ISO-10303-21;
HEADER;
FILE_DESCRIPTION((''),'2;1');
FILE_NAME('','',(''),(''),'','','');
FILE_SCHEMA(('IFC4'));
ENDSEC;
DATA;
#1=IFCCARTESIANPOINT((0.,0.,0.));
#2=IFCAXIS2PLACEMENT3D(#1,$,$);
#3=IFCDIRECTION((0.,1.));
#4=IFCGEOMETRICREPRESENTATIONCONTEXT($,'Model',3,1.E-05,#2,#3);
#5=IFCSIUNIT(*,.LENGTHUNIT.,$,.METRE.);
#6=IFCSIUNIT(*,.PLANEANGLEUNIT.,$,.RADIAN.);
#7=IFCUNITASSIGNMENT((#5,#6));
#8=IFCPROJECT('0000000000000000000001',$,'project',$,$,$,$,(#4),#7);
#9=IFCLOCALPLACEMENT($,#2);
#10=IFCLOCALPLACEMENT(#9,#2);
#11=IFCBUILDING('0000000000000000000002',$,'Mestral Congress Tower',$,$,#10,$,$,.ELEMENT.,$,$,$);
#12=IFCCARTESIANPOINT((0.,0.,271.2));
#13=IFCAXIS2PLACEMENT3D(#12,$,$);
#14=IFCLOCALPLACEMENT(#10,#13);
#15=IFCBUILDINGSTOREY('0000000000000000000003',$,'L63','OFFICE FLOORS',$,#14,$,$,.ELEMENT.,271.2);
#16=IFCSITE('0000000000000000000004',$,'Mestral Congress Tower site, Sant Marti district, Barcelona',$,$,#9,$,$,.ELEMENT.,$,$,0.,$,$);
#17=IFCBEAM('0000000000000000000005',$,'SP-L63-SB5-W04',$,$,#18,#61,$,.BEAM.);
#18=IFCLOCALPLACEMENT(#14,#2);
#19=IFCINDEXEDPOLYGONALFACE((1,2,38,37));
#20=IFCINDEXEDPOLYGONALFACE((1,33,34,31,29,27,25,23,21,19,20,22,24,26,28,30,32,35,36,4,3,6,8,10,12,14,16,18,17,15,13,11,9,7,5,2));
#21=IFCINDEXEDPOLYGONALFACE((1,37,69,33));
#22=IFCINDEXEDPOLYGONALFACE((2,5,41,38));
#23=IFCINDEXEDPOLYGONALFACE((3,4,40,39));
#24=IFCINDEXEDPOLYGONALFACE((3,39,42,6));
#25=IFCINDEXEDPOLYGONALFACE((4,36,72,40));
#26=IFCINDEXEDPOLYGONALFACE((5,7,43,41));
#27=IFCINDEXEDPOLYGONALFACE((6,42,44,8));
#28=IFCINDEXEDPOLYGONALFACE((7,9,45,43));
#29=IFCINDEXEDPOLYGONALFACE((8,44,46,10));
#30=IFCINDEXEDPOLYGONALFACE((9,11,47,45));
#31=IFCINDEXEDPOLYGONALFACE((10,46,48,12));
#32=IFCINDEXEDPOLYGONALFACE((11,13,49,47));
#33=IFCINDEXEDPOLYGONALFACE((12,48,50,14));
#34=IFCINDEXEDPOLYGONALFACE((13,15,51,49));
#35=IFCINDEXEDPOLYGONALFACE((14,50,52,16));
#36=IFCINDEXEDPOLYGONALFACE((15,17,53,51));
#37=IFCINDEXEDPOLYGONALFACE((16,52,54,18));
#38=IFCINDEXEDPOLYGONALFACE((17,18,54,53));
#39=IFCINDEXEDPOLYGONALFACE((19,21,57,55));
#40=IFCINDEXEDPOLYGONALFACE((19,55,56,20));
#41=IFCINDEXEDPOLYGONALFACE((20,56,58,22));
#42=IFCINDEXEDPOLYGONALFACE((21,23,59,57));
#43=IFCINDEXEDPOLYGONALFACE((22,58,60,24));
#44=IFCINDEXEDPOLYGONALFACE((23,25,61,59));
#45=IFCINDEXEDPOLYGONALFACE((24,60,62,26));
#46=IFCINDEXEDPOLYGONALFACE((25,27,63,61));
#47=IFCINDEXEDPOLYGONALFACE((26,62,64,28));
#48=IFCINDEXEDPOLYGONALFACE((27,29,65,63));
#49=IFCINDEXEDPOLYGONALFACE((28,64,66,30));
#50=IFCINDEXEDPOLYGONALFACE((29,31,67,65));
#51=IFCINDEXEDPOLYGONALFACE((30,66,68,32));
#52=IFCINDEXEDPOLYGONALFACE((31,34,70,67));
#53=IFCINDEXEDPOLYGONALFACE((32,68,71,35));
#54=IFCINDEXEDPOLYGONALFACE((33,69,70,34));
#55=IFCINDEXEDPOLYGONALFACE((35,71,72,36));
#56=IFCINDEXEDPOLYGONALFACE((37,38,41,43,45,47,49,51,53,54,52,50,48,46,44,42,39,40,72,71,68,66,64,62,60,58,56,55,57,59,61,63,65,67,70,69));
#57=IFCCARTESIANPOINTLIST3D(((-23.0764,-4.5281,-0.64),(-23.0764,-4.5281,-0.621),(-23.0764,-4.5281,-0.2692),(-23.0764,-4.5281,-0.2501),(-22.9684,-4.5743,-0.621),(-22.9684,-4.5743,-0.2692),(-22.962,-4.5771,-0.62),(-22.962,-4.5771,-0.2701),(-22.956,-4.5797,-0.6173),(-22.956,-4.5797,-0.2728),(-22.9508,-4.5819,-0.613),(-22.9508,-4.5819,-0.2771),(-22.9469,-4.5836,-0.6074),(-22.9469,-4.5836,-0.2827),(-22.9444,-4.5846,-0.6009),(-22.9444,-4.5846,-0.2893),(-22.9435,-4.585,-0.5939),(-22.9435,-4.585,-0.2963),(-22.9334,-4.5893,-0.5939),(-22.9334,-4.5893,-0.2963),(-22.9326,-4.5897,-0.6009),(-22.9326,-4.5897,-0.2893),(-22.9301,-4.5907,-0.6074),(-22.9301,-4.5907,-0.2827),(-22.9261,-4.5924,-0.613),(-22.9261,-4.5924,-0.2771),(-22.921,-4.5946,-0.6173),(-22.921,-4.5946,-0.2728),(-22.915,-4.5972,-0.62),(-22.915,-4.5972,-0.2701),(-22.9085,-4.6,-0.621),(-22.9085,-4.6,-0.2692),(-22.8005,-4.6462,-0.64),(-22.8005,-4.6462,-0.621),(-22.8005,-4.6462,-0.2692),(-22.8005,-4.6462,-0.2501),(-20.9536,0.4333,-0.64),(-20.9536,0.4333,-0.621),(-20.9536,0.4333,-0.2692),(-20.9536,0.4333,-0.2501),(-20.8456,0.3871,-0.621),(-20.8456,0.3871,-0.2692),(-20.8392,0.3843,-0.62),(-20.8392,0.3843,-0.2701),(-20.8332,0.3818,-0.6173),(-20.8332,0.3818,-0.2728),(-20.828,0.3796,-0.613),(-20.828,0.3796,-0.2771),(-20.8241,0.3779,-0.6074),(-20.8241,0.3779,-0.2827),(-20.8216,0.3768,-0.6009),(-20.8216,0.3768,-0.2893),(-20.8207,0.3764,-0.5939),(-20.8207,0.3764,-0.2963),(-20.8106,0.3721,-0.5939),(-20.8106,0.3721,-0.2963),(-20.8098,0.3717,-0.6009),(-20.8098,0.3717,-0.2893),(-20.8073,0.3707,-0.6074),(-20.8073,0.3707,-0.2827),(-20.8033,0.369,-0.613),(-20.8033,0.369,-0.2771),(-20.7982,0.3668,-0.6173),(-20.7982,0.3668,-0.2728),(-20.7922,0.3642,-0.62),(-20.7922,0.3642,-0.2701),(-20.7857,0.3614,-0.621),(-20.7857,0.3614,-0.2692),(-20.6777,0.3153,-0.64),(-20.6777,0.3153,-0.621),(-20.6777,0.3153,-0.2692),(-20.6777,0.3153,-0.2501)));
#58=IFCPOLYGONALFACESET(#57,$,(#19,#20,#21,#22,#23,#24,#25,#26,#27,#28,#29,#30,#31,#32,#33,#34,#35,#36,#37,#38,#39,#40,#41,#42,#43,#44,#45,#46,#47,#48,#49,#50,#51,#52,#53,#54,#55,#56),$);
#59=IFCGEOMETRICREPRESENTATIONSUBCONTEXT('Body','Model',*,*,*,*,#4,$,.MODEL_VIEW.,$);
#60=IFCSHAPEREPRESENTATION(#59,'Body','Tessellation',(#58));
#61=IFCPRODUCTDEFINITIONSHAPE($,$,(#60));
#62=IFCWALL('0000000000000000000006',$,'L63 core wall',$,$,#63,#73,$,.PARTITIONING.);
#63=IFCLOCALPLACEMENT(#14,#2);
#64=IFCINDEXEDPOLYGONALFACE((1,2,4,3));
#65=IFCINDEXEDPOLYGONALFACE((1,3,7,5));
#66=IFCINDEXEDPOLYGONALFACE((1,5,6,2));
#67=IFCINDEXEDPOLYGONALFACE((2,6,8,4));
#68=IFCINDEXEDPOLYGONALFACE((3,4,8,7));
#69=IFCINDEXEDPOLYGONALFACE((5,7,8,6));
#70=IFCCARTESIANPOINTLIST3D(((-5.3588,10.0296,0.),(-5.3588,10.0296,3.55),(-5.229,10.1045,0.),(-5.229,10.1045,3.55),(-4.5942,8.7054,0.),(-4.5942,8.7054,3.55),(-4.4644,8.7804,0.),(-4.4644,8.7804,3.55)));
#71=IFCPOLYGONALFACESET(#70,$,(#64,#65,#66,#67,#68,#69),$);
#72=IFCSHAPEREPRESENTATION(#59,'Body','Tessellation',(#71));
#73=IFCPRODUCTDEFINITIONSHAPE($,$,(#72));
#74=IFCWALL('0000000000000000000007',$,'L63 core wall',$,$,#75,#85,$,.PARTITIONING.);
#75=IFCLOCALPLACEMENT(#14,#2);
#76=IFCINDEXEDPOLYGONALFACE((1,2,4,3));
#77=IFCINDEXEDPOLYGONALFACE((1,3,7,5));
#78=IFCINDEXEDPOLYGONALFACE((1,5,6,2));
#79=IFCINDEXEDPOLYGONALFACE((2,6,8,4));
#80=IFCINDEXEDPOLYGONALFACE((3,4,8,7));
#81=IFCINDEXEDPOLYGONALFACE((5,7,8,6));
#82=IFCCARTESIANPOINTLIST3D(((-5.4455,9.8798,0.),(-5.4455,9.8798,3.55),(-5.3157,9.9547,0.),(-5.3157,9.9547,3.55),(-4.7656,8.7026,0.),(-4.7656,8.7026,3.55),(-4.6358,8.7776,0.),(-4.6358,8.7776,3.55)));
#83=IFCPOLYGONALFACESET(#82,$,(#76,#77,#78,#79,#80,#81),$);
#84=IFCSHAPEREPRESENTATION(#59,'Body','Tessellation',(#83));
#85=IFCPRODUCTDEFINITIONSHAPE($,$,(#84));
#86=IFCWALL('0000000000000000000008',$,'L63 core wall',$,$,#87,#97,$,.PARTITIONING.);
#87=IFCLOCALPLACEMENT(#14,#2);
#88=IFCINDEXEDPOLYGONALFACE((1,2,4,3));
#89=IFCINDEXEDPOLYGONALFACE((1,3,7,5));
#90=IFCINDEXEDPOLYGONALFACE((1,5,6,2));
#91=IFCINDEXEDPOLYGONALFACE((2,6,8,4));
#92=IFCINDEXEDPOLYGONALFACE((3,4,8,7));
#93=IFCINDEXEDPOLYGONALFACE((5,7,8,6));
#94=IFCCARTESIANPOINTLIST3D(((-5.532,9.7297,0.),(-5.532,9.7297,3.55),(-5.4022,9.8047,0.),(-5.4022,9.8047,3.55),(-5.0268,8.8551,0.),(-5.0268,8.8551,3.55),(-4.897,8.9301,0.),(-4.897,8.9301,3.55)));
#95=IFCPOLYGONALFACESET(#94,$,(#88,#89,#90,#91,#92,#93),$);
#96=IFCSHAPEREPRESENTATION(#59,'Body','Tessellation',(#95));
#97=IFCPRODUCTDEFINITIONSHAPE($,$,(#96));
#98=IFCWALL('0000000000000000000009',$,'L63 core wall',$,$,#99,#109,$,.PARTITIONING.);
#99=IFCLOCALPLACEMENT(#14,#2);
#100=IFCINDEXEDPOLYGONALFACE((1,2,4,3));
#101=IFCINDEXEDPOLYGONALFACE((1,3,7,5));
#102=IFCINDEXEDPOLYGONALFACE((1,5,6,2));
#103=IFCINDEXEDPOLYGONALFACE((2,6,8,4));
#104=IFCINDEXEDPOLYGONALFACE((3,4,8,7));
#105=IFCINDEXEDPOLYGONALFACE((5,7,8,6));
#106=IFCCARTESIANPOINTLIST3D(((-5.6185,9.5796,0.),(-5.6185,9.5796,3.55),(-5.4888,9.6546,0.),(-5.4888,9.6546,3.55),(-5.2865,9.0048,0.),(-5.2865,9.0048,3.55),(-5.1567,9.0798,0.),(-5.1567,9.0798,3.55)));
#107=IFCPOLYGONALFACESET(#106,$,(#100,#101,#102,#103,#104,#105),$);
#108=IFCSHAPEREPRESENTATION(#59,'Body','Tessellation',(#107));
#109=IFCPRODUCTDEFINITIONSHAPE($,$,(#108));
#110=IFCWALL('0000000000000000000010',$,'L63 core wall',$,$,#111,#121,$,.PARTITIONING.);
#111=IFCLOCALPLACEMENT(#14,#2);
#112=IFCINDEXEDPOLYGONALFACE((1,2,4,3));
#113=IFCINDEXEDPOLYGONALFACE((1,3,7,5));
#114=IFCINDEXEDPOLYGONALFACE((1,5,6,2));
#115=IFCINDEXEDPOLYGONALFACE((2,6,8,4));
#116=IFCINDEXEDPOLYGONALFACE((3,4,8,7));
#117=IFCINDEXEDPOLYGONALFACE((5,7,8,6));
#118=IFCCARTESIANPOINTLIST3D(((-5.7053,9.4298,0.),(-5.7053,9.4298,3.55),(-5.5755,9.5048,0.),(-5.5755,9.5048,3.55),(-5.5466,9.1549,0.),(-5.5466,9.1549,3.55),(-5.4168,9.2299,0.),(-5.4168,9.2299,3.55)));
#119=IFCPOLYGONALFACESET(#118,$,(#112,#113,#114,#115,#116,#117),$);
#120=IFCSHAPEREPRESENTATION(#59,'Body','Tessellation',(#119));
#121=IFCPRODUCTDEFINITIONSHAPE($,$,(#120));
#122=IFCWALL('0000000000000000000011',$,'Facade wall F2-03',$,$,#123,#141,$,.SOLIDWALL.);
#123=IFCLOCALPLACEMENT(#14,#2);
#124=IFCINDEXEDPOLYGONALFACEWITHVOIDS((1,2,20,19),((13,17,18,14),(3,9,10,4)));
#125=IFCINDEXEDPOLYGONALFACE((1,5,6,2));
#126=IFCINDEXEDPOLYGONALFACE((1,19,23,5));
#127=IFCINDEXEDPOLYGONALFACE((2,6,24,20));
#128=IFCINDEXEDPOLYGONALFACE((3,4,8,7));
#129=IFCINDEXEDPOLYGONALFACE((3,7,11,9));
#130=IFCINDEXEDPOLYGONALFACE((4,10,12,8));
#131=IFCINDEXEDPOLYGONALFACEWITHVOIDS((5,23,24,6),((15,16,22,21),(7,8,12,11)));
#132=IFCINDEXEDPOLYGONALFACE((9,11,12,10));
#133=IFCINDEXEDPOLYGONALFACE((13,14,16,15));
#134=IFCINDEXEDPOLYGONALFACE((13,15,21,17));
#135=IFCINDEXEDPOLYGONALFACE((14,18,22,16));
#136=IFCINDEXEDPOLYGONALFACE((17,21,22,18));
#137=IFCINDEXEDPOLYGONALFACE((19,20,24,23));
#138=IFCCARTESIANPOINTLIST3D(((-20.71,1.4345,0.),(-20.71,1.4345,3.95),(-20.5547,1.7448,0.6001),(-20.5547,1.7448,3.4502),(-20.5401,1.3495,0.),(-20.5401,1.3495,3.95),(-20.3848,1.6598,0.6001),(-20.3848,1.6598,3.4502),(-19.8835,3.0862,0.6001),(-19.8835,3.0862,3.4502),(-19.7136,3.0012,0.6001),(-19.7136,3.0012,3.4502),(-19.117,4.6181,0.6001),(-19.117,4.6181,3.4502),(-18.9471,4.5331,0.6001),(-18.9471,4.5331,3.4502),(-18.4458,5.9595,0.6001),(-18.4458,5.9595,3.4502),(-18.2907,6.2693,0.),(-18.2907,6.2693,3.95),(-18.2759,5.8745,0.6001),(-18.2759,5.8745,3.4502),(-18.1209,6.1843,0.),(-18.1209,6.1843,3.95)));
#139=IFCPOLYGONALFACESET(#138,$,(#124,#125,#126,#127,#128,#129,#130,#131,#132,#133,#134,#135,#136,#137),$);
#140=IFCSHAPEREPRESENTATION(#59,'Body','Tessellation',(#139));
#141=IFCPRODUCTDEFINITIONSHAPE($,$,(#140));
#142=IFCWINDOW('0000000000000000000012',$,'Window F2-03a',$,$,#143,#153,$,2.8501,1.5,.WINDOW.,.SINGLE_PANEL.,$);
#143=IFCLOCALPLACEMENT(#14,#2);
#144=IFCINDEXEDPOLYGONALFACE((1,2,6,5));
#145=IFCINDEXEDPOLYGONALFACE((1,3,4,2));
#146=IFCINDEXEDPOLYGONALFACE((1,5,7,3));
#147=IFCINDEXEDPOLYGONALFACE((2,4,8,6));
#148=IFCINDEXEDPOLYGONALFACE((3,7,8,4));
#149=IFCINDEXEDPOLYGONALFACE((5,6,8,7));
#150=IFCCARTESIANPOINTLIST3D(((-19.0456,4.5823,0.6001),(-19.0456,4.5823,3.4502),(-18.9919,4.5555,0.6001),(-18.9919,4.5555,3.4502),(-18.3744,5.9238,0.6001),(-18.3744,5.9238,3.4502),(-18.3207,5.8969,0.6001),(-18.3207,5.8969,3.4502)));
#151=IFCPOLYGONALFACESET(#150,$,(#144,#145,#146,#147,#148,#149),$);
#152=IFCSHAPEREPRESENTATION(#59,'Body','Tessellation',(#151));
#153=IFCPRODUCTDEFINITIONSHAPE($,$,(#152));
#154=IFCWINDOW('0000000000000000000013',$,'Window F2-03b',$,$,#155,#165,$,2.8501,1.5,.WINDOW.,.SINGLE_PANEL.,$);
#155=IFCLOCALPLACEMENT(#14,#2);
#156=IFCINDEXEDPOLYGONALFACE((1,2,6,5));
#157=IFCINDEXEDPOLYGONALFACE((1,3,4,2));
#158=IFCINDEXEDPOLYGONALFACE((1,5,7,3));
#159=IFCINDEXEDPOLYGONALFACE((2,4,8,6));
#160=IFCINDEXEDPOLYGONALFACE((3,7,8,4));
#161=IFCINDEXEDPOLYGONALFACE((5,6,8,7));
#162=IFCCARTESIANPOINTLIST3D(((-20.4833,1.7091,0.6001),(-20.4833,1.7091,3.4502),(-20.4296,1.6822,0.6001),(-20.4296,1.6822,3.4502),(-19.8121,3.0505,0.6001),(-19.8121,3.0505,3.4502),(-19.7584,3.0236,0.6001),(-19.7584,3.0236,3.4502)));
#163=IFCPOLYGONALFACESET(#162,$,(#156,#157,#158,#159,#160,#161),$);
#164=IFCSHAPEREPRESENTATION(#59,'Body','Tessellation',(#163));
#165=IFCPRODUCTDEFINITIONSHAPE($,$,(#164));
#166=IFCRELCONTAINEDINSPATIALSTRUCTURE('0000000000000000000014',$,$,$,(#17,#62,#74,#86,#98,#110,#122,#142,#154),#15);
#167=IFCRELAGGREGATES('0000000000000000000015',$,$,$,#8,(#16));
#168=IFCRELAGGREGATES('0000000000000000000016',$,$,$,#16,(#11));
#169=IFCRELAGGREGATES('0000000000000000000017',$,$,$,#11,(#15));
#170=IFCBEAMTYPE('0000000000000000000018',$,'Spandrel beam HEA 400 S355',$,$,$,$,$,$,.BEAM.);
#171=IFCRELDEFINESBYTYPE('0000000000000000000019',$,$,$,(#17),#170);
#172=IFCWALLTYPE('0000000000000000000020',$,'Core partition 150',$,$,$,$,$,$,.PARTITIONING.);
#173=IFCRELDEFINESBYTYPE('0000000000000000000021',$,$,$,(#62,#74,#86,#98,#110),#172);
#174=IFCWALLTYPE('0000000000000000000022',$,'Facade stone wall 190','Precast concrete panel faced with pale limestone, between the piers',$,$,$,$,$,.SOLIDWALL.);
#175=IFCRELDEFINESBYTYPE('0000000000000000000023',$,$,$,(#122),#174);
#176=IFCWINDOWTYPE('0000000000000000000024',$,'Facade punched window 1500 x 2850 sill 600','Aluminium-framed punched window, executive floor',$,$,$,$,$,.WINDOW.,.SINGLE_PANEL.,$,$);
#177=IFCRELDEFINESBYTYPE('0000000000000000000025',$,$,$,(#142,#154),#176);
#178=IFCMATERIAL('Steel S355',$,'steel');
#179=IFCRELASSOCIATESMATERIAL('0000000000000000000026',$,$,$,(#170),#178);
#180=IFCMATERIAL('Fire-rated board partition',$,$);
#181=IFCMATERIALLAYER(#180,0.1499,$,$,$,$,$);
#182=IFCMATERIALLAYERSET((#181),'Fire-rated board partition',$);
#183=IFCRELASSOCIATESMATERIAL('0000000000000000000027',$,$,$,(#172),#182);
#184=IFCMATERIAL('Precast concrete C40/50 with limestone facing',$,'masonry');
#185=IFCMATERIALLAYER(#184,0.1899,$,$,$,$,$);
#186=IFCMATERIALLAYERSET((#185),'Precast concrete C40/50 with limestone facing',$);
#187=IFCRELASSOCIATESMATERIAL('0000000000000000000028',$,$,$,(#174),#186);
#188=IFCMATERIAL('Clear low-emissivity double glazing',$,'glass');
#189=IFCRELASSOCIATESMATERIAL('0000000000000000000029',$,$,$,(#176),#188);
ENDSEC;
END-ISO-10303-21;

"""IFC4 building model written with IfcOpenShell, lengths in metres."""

from ifc_helpers import new_model, si_unit, direction, frame, frame_2d, origin, origin_2d, place, context, subcontext, project, spatial, rectangle, i_section, extrude, material, layer, layer_set, material_profile, profile_set, type_object, element, fill, save


model = new_model("IFC4")

# Units and contexts
model_context = context("Model", 3, precision=1e-05, world=origin(), true_north=direction((0.0, 1.0)))
body_context = subcontext(model_context, "Body", "Model", "MODEL_VIEW")
ifc_project = project(units=[si_unit("LENGTHUNIT", "METRE"), si_unit("PLANEANGLEUNIT", "RADIAN")], contexts=[model_context])

# Site, building, storey
site_placement = place(None, origin())
site = spatial("IfcSite", under=ifc_project, at=site_placement, Name="Mestral Congress Tower site, Sant Marti district, Barcelona", CompositionType="ELEMENT", RefElevation=0.0)
building_placement = place(site_placement, origin())
building = spatial("IfcBuilding", under=site, at=building_placement, Name="Mestral Congress Tower", CompositionType="ELEMENT")
storey_placement = place(building_placement, frame((0.0, 0.0, 271.2)))
storey = spatial("IfcBuildingStorey", under=building, at=storey_placement, Name="L63", Description="OFFICE FLOORS", CompositionType="ELEMENT", Elevation=271.2)

# Beam
ifc_material_1 = material(Name="Steel S355", Category="steel")
ifc_material_profile_1 = material_profile(ifc_material_1, i_section(OverallWidth=0.3, OverallDepth=0.3899, WebThickness=0.011, FlangeThickness=0.019, FilletRadius=0.0271, at=origin_2d()), Name="HEA 400")
ifc_profile_set_1 = profile_set([ifc_material_profile_1], Name="Steel S355")
beam_type_1 = type_object("IfcBeamType", Name="Spandrel beam HEA 400 S355", PredefinedType="BEAM", material=ifc_profile_set_1)
beam_1_placement = place(storey_placement, frame((-20.8157, 0.3743, -0.4451), z_axis=(-0.393368, -0.919381, 0.0), x_axis=(0.919381, -0.393368, 0.0)))
element("IfcBeam", 1, at=beam_1_placement, inside=storey, type_object=beam_type_1, Name="SP-L63-SB5-W04", PredefinedType="BEAM", context=body_context, shape_type="SweptSolid", body=[
    extrude(i_section(OverallWidth=0.3, OverallDepth=0.3899, WebThickness=0.011, FlangeThickness=0.019, FilletRadius=0.0271, at=origin_2d()), origin(), (0.0, 0.0, 1.0), 5.3965),
])

# Walls
ifc_material_2 = material(Name="Fire-rated board partition")
ifc_layer_1 = layer(ifc_material_2, 0.1499)
ifc_layer_set_1 = layer_set([ifc_layer_1], Name="Fire-rated board partition")
wall_type_1 = type_object("IfcWallType", Name="Core partition 150", PredefinedType="PARTITIONING", material=ifc_layer_set_1)
wall_1_placement = place(storey_placement, frame((-5.2939, 10.0671, 0.0), z_axis=(0.0, 0.0, 1.0), x_axis=(0.500054, -0.865994, 0.0)))
element("IfcWall", 2, at=wall_1_placement, inside=storey, type_object=wall_type_1, Name="L63 core wall", PredefinedType="PARTITIONING", context=body_context, shape_type="SweptSolid", body=[
    extrude(rectangle(XDim=1.5291, YDim=0.1499, at=frame_2d((0.7646, 0.0))), origin(), (0.0, 0.0, 1.0), 3.55),
])
wall_2_placement = place(storey_placement, frame((-5.3806, 9.9172, 0.0), z_axis=(0.0, 0.0, 1.0), x_axis=(0.500137, -0.865946, 0.0)))
element("IfcWall", 3, at=wall_2_placement, inside=storey, type_object=wall_type_1, Name="L63 core wall", PredefinedType="PARTITIONING", context=body_context, shape_type="SweptSolid", body=[
    extrude(rectangle(XDim=1.3594, YDim=0.1499, at=frame_2d((0.6797, 0.0))), origin(), (0.0, 0.0, 1.0), 3.55),
])
wall_3_placement = place(storey_placement, frame((-5.467, 9.7671, 0.0), z_axis=(0.0, 0.0, 1.0), x_axis=(0.500169, -0.865928, 0.0)))
element("IfcWall", 4, at=wall_3_placement, inside=storey, type_object=wall_type_1, Name="L63 core wall", PredefinedType="PARTITIONING", context=body_context, shape_type="SweptSolid", body=[
    extrude(rectangle(XDim=1.01, YDim=0.1499, at=frame_2d((0.5049, 0.0))), origin(), (0.0, 0.0, 1.0), 3.55),
])
wall_4_placement = place(storey_placement, frame((-5.5537, 9.6172, 0.0), z_axis=(0.0, 0.0, 1.0), x_axis=(0.500253, -0.865879, 0.0)))
element("IfcWall", 5, at=wall_4_placement, inside=storey, type_object=wall_type_1, Name="L63 core wall", PredefinedType="PARTITIONING", context=body_context, shape_type="SweptSolid", body=[
    extrude(rectangle(XDim=0.6638, YDim=0.1499, at=frame_2d((0.332, 0.0))), origin(), (0.0, 0.0, 1.0), 3.55),
])
wall_5_placement = place(storey_placement, frame((-5.6404, 9.4673, 0.0), z_axis=(0.0, 0.0, 1.0), x_axis=(0.499944, -0.866058, 0.0)))
element("IfcWall", 6, at=wall_5_placement, inside=storey, type_object=wall_type_1, Name="L63 core wall", PredefinedType="PARTITIONING", context=body_context, shape_type="SweptSolid", body=[
    extrude(rectangle(XDim=0.3174, YDim=0.1499, at=frame_2d((0.1587, 0.0))), origin(), (0.0, 0.0, 1.0), 3.55),
])

# Wall, openings, windows
ifc_material_3 = material(Name="Precast concrete C40/50 with limestone facing", Category="masonry")
ifc_layer_2 = layer(ifc_material_3, 0.1899)
ifc_layer_set_2 = layer_set([ifc_layer_2], Name="Precast concrete C40/50 with limestone facing")
wall_type_2 = type_object("IfcWallType", Name="Facade stone wall 190", Description="Precast concrete panel faced with pale limestone, between the piers", PredefinedType="SOLIDWALL", material=ifc_layer_set_2)
wall_6_placement = place(storey_placement, frame((-18.2058, 6.2268, 0.0), z_axis=(0.0, 0.0, 1.0), x_axis=(-0.447485, -0.894292, 0.0)))
wall_6 = element("IfcWall", 7, at=wall_6_placement, inside=storey, type_object=wall_type_2, Name="Facade wall F2-03", PredefinedType="SOLIDWALL", context=body_context, shape_type="SweptSolid", body=[
    extrude(rectangle(XDim=5.4062, YDim=0.1899, at=frame_2d((2.7031, 0.0))), origin(), (0.0, 0.0, 1.0), 3.95),
])
opening_1_placement = place(wall_6_placement, frame((0.3464, 0.0, 0.6001)))
opening_1 = element("IfcOpeningElement", 8, at=opening_1_placement, cuts=wall_6, PredefinedType="OPENING", context=body_context, shape_type="SweptSolid", body=[
    extrude(rectangle(XDim=1.5, YDim=2.8501, at=frame_2d((0.75, 1.425))), frame((0.0, 0.105, 0.0), z_axis=(0.0, -1.0, 0.0), x_axis=(1.0, 0.0, 0.0)), (0.0, 0.0, 1.0), 0.21),
])
opening_2_placement = place(wall_6_placement, frame((3.5593, 0.0, 0.6001)))
opening_2 = element("IfcOpeningElement", 9, at=opening_2_placement, cuts=wall_6, PredefinedType="OPENING", context=body_context, shape_type="SweptSolid", body=[
    extrude(rectangle(XDim=1.5, YDim=2.8501, at=frame_2d((0.75, 1.425))), frame((0.0, 0.105, 0.0), z_axis=(0.0, -1.0, 0.0), x_axis=(1.0, 0.0, 0.0)), (0.0, 0.0, 1.0), 0.21),
])
ifc_material_4 = material(Name="Clear low-emissivity double glazing", Category="glass")
window_type = type_object("IfcWindowType", Name="Facade punched window 1500 x 2850 sill 600", Description="Aluminium-framed punched window, executive floor", PartitioningType="SINGLE_PANEL", PredefinedType="WINDOW", material=ifc_material_4)
window_1_placement = place(opening_1_placement, origin())
window_1 = element("IfcWindow", 10, at=window_1_placement, inside=storey, type_object=window_type, Name="Window F2-03a", OverallHeight=2.8501, OverallWidth=1.5, PartitioningType="SINGLE_PANEL", PredefinedType="WINDOW", context=body_context, shape_type="SweptSolid", body=[
    extrude(rectangle(XDim=1.5, YDim=2.8501, at=frame_2d((0.75, 1.425))), frame((0.0, 0.0449, 0.0), z_axis=(0.0, -1.0, 0.0), x_axis=(1.0, 0.0, 0.0)), (0.0, 0.0, 1.0), 0.0601),
])
fill(opening_1, window_1)
window_2_placement = place(opening_2_placement, origin())
window_2 = element("IfcWindow", 11, at=window_2_placement, inside=storey, type_object=window_type, Name="Window F2-03b", OverallHeight=2.8501, OverallWidth=1.5, PartitioningType="SINGLE_PANEL", PredefinedType="WINDOW", context=body_context, shape_type="SweptSolid", body=[
    extrude(rectangle(XDim=1.5, YDim=2.8501, at=frame_2d((0.75, 1.425))), frame((0.0, 0.0449, 0.0), z_axis=(0.0, -1.0, 0.0), x_axis=(1.0, 0.0, 0.0)), (0.0, 0.0, 1.0), 0.0601),
])
fill(opening_2, window_2)

save(model, "model.ifc")
